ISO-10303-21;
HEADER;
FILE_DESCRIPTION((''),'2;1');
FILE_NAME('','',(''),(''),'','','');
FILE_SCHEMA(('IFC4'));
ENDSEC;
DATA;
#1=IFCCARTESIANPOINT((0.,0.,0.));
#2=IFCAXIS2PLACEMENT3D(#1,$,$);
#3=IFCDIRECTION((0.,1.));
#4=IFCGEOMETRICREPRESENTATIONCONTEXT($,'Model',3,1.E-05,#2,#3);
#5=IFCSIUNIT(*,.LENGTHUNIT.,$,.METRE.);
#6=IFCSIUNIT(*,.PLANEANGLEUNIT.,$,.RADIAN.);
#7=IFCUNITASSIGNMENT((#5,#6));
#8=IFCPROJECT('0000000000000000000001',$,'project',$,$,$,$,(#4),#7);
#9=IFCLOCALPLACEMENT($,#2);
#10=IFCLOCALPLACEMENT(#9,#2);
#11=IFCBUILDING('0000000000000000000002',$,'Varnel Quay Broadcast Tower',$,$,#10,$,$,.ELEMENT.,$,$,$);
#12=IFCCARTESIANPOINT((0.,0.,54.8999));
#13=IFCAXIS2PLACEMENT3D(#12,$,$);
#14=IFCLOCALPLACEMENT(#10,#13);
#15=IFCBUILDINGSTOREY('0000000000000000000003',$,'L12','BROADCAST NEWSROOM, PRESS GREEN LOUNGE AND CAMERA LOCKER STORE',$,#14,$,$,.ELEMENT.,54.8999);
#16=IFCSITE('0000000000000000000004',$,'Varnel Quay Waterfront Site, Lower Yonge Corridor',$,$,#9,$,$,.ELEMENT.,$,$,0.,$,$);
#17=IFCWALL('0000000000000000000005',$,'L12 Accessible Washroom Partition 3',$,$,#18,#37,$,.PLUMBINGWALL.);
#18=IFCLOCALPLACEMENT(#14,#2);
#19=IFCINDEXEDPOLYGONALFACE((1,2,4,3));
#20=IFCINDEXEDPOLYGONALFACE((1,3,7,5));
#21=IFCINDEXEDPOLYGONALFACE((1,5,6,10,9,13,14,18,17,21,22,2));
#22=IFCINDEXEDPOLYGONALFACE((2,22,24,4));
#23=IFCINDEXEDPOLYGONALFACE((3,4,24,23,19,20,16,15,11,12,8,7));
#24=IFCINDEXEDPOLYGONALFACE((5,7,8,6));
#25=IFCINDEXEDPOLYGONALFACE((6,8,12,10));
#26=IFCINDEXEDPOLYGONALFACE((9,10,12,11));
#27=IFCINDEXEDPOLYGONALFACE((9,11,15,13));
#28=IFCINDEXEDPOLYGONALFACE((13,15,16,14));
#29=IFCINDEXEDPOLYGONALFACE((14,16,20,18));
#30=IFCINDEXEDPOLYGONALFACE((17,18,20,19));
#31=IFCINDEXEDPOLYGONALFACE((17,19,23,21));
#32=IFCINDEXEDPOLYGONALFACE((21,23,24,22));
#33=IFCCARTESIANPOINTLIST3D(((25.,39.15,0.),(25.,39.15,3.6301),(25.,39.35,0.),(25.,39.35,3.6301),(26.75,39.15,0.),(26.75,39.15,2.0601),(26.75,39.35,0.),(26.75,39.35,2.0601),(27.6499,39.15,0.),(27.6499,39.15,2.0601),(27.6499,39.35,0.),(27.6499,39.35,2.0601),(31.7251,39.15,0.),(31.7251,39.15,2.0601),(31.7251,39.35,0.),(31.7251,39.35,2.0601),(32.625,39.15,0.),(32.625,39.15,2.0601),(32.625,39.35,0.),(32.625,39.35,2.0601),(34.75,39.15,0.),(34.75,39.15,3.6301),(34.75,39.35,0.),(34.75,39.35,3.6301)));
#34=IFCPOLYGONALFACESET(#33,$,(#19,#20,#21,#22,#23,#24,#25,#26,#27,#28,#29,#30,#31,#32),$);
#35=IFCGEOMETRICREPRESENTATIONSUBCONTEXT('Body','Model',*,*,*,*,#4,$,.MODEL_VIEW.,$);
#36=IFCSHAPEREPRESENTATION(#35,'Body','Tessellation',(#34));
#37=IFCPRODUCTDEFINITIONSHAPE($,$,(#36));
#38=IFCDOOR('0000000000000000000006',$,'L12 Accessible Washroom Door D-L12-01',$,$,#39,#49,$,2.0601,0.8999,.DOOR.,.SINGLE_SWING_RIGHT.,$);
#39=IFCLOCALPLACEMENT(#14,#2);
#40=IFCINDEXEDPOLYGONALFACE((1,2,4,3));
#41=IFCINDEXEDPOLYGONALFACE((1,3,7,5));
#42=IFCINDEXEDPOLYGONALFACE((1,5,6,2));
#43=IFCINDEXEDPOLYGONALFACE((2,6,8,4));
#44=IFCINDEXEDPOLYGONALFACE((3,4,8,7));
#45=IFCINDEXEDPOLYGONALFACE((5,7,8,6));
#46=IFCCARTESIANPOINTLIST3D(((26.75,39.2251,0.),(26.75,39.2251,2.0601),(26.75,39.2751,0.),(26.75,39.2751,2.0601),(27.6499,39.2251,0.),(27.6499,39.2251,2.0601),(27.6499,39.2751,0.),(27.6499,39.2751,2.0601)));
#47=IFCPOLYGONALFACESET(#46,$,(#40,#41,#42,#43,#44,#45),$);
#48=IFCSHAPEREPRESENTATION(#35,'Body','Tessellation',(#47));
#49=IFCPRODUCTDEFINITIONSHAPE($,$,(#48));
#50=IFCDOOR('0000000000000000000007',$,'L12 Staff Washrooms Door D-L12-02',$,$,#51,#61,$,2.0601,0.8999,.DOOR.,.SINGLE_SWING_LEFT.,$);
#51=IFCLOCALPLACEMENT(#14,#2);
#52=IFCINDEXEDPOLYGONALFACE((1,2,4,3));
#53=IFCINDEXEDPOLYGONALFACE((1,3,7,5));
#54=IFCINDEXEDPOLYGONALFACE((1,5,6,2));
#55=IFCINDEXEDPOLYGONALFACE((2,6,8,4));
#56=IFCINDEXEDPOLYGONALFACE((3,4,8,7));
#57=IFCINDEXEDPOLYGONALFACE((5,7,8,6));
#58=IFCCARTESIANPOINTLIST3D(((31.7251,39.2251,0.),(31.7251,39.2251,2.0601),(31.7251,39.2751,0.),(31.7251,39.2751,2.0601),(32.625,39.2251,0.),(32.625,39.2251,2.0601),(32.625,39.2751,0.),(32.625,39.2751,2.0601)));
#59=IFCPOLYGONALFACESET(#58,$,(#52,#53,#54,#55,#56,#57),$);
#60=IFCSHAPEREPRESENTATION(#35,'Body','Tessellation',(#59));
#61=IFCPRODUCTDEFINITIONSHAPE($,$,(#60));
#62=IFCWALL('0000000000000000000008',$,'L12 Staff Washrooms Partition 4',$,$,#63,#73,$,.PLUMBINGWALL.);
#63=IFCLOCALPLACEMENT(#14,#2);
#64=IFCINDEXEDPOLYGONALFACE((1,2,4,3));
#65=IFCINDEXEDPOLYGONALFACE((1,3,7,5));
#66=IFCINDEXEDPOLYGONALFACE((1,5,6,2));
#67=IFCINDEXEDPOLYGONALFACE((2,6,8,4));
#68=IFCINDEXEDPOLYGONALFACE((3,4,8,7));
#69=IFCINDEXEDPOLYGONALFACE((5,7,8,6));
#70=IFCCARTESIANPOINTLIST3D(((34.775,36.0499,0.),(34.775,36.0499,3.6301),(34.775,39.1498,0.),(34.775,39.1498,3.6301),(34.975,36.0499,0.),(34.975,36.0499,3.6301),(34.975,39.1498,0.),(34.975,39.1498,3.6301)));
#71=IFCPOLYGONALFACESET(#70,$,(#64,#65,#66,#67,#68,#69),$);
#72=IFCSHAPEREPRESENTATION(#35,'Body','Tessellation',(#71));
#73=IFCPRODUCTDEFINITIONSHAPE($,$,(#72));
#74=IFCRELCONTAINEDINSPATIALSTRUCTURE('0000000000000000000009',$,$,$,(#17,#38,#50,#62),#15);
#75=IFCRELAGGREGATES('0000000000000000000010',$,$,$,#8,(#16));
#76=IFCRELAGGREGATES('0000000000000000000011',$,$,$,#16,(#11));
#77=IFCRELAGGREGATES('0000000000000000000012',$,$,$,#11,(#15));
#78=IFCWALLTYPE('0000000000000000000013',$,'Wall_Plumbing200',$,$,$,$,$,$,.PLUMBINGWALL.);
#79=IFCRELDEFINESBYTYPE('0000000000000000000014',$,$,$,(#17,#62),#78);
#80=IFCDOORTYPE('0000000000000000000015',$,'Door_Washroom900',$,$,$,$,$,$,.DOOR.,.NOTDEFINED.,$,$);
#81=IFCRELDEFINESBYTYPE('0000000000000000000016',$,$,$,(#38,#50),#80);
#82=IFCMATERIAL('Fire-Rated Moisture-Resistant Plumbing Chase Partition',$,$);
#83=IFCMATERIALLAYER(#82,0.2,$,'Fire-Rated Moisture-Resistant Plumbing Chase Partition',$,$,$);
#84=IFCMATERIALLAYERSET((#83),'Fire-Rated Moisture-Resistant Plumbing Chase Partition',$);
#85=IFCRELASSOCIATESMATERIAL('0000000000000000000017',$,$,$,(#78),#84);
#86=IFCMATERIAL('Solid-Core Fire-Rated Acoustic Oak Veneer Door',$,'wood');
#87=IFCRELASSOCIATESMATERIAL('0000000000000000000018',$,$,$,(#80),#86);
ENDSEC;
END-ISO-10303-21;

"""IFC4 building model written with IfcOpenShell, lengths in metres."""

from ifc_helpers import new_model, si_unit, direction, frame, frame_2d, origin, place, context, subcontext, project, spatial, rectangle, extrude, source, transform, mapped, material, layer, layer_set, type_object, type_shapes, element, fill, save


model = new_model("IFC4")

# Units and contexts
model_context = context("Model", 3, precision=1e-05, world=origin(), true_north=direction((0.0, 1.0)))
body_context = subcontext(model_context, "Body", "Model", "MODEL_VIEW")
ifc_project = project(units=[si_unit("LENGTHUNIT", "METRE"), si_unit("PLANEANGLEUNIT", "RADIAN")], contexts=[model_context])

# Site, building, storey
site_placement = place(None, origin())
site = spatial("IfcSite", under=ifc_project, at=site_placement, Name="Varnel Quay Waterfront Site, Lower Yonge Corridor", CompositionType="ELEMENT", RefElevation=0.0)
building_placement = place(site_placement, origin())
building = spatial("IfcBuilding", under=site, at=building_placement, Name="Varnel Quay Broadcast Tower", CompositionType="ELEMENT")
storey_placement = place(building_placement, frame((0.0, 0.0, 54.8999)))
storey = spatial("IfcBuildingStorey", under=building, at=storey_placement, Name="L12", Description="BROADCAST NEWSROOM, PRESS GREEN LOUNGE AND CAMERA LOCKER STORE", CompositionType="ELEMENT", Elevation=54.8999)

# Shared definitions
ifc_material_1 = material(Name="Fire-Rated Moisture-Resistant Plumbing Chase Partition")
ifc_layer_1 = layer(ifc_material_1, 0.2, Name="Fire-Rated Moisture-Resistant Plumbing Chase Partition")
ifc_layer_set_1 = layer_set([ifc_layer_1], Name="Fire-Rated Moisture-Resistant Plumbing Chase Partition")
wall_type_1 = type_object("IfcWallType", Name="Wall_Plumbing200", PredefinedType="PLUMBINGWALL", material=ifc_layer_set_1)

# Wall, openings, doors
wall_1_placement = place(storey_placement, frame((25.0, 39.25, 0.0), z_axis=(0.0, 0.0, 1.0), x_axis=(1.0, 0.0, 0.0)))
wall_1 = element("IfcWall", 1, at=wall_1_placement, inside=storey, type_object=wall_type_1, Name="L12 Accessible Washroom Partition 3", PredefinedType="PLUMBINGWALL", context=body_context, shape_type="SweptSolid", body=[
    extrude(rectangle(XDim=9.75, YDim=0.2, at=frame_2d((4.875, 0.0))), origin(), (0.0, 0.0, 1.0), 3.6301),
])
opening_1_placement = place(wall_1_placement, frame((1.75, 0.0, 0.0)))
opening_1 = element("IfcOpeningElement", 2, at=opening_1_placement, cuts=wall_1, PredefinedType="OPENING", context=body_context, shape_type="SweptSolid", body=[
    extrude(rectangle(XDim=0.8999, YDim=2.0601, at=frame_2d((0.45, 1.03))), frame((0.0, 0.1099, 0.0), z_axis=(0.0, -1.0, 0.0), x_axis=(1.0, 0.0, 0.0)), (0.0, 0.0, 1.0), 0.22),
])
opening_2_placement = place(wall_1_placement, frame((6.7251, 0.0, 0.0)))
opening_2 = element("IfcOpeningElement", 3, at=opening_2_placement, cuts=wall_1, PredefinedType="OPENING", context=body_context, shape_type="SweptSolid", body=[
    extrude(rectangle(XDim=0.8999, YDim=2.0601, at=frame_2d((0.45, 1.03))), frame((0.0, 0.1099, 0.0), z_axis=(0.0, -1.0, 0.0), x_axis=(1.0, 0.0, 0.0)), (0.0, 0.0, 1.0), 0.22),
])
ifc_material_2 = material(Name="Solid-Core Fire-Rated Acoustic Oak Veneer Door", Category="wood")
door_type_1 = type_object("IfcDoorType", Name="Door_Washroom900", OperationType="NOTDEFINED", PredefinedType="DOOR", material=ifc_material_2)
shared_shape_1 = source(origin(), body_context, "Body", "SweptSolid", [
    extrude(rectangle(XDim=0.8999, YDim=2.0601, at=frame_2d((0.45, 1.03))), frame((0.0, 0.0249, 0.0), z_axis=(0.0, -1.0, 0.0), x_axis=(1.0, 0.0, 0.0)), (0.0, 0.0, 1.0), 0.05),
])
type_shapes(door_type_1, [shared_shape_1])
door_1_placement = place(opening_1_placement, frame((0.8999, 0.0, 0.0), z_axis=(0.0, 0.0, 1.0), x_axis=(-1.0, 0.0, 0.0)))
door_1 = element("IfcDoor", 4, at=door_1_placement, inside=storey, type_object=door_type_1, Name="L12 Accessible Washroom Door D-L12-01", OperationType="SINGLE_SWING_RIGHT", OverallHeight=2.0601, OverallWidth=0.8999, PredefinedType="DOOR", context=body_context, shape_type="MappedRepresentation", body=[
    mapped(shared_shape_1, transform((0.0, 0.0, 0.0), x_axis=(1.0, 0.0, 0.0), y_axis=(0.0, 1.0, 0.0), z_axis=(0.0, 0.0, 1.0), scale=1.0)),
])
fill(opening_1, door_1)
door_2_placement = place(opening_2_placement, frame((0.8999, 0.0, 0.0), z_axis=(0.0, 0.0, 1.0), x_axis=(-1.0, 0.0, 0.0)))
door_2 = element("IfcDoor", 5, at=door_2_placement, inside=storey, type_object=door_type_1, Name="L12 Staff Washrooms Door D-L12-02", OperationType="SINGLE_SWING_LEFT", OverallHeight=2.0601, OverallWidth=0.8999, PredefinedType="DOOR", context=body_context, shape_type="MappedRepresentation", body=[
    mapped(shared_shape_1, transform((0.0, 0.0, 0.0), x_axis=(1.0, 0.0, 0.0), y_axis=(0.0, 1.0, 0.0), z_axis=(0.0, 0.0, 1.0), scale=1.0)),
])
fill(opening_2, door_2)

# Wall
wall_2_placement = place(storey_placement, frame((34.875, 36.05, 0.0), z_axis=(0.0, 0.0, 1.0), x_axis=(0.0, 1.0, 0.0)))
element("IfcWall", 6, at=wall_2_placement, inside=storey, type_object=wall_type_1, Name="L12 Staff Washrooms Partition 4", PredefinedType="PLUMBINGWALL", context=body_context, shape_type="SweptSolid", body=[
    extrude(rectangle(XDim=3.0999, YDim=0.2, at=frame_2d((1.5498, 0.0))), origin(), (0.0, 0.0, 1.0), 3.6301),
])

save(model, "model.ifc")
